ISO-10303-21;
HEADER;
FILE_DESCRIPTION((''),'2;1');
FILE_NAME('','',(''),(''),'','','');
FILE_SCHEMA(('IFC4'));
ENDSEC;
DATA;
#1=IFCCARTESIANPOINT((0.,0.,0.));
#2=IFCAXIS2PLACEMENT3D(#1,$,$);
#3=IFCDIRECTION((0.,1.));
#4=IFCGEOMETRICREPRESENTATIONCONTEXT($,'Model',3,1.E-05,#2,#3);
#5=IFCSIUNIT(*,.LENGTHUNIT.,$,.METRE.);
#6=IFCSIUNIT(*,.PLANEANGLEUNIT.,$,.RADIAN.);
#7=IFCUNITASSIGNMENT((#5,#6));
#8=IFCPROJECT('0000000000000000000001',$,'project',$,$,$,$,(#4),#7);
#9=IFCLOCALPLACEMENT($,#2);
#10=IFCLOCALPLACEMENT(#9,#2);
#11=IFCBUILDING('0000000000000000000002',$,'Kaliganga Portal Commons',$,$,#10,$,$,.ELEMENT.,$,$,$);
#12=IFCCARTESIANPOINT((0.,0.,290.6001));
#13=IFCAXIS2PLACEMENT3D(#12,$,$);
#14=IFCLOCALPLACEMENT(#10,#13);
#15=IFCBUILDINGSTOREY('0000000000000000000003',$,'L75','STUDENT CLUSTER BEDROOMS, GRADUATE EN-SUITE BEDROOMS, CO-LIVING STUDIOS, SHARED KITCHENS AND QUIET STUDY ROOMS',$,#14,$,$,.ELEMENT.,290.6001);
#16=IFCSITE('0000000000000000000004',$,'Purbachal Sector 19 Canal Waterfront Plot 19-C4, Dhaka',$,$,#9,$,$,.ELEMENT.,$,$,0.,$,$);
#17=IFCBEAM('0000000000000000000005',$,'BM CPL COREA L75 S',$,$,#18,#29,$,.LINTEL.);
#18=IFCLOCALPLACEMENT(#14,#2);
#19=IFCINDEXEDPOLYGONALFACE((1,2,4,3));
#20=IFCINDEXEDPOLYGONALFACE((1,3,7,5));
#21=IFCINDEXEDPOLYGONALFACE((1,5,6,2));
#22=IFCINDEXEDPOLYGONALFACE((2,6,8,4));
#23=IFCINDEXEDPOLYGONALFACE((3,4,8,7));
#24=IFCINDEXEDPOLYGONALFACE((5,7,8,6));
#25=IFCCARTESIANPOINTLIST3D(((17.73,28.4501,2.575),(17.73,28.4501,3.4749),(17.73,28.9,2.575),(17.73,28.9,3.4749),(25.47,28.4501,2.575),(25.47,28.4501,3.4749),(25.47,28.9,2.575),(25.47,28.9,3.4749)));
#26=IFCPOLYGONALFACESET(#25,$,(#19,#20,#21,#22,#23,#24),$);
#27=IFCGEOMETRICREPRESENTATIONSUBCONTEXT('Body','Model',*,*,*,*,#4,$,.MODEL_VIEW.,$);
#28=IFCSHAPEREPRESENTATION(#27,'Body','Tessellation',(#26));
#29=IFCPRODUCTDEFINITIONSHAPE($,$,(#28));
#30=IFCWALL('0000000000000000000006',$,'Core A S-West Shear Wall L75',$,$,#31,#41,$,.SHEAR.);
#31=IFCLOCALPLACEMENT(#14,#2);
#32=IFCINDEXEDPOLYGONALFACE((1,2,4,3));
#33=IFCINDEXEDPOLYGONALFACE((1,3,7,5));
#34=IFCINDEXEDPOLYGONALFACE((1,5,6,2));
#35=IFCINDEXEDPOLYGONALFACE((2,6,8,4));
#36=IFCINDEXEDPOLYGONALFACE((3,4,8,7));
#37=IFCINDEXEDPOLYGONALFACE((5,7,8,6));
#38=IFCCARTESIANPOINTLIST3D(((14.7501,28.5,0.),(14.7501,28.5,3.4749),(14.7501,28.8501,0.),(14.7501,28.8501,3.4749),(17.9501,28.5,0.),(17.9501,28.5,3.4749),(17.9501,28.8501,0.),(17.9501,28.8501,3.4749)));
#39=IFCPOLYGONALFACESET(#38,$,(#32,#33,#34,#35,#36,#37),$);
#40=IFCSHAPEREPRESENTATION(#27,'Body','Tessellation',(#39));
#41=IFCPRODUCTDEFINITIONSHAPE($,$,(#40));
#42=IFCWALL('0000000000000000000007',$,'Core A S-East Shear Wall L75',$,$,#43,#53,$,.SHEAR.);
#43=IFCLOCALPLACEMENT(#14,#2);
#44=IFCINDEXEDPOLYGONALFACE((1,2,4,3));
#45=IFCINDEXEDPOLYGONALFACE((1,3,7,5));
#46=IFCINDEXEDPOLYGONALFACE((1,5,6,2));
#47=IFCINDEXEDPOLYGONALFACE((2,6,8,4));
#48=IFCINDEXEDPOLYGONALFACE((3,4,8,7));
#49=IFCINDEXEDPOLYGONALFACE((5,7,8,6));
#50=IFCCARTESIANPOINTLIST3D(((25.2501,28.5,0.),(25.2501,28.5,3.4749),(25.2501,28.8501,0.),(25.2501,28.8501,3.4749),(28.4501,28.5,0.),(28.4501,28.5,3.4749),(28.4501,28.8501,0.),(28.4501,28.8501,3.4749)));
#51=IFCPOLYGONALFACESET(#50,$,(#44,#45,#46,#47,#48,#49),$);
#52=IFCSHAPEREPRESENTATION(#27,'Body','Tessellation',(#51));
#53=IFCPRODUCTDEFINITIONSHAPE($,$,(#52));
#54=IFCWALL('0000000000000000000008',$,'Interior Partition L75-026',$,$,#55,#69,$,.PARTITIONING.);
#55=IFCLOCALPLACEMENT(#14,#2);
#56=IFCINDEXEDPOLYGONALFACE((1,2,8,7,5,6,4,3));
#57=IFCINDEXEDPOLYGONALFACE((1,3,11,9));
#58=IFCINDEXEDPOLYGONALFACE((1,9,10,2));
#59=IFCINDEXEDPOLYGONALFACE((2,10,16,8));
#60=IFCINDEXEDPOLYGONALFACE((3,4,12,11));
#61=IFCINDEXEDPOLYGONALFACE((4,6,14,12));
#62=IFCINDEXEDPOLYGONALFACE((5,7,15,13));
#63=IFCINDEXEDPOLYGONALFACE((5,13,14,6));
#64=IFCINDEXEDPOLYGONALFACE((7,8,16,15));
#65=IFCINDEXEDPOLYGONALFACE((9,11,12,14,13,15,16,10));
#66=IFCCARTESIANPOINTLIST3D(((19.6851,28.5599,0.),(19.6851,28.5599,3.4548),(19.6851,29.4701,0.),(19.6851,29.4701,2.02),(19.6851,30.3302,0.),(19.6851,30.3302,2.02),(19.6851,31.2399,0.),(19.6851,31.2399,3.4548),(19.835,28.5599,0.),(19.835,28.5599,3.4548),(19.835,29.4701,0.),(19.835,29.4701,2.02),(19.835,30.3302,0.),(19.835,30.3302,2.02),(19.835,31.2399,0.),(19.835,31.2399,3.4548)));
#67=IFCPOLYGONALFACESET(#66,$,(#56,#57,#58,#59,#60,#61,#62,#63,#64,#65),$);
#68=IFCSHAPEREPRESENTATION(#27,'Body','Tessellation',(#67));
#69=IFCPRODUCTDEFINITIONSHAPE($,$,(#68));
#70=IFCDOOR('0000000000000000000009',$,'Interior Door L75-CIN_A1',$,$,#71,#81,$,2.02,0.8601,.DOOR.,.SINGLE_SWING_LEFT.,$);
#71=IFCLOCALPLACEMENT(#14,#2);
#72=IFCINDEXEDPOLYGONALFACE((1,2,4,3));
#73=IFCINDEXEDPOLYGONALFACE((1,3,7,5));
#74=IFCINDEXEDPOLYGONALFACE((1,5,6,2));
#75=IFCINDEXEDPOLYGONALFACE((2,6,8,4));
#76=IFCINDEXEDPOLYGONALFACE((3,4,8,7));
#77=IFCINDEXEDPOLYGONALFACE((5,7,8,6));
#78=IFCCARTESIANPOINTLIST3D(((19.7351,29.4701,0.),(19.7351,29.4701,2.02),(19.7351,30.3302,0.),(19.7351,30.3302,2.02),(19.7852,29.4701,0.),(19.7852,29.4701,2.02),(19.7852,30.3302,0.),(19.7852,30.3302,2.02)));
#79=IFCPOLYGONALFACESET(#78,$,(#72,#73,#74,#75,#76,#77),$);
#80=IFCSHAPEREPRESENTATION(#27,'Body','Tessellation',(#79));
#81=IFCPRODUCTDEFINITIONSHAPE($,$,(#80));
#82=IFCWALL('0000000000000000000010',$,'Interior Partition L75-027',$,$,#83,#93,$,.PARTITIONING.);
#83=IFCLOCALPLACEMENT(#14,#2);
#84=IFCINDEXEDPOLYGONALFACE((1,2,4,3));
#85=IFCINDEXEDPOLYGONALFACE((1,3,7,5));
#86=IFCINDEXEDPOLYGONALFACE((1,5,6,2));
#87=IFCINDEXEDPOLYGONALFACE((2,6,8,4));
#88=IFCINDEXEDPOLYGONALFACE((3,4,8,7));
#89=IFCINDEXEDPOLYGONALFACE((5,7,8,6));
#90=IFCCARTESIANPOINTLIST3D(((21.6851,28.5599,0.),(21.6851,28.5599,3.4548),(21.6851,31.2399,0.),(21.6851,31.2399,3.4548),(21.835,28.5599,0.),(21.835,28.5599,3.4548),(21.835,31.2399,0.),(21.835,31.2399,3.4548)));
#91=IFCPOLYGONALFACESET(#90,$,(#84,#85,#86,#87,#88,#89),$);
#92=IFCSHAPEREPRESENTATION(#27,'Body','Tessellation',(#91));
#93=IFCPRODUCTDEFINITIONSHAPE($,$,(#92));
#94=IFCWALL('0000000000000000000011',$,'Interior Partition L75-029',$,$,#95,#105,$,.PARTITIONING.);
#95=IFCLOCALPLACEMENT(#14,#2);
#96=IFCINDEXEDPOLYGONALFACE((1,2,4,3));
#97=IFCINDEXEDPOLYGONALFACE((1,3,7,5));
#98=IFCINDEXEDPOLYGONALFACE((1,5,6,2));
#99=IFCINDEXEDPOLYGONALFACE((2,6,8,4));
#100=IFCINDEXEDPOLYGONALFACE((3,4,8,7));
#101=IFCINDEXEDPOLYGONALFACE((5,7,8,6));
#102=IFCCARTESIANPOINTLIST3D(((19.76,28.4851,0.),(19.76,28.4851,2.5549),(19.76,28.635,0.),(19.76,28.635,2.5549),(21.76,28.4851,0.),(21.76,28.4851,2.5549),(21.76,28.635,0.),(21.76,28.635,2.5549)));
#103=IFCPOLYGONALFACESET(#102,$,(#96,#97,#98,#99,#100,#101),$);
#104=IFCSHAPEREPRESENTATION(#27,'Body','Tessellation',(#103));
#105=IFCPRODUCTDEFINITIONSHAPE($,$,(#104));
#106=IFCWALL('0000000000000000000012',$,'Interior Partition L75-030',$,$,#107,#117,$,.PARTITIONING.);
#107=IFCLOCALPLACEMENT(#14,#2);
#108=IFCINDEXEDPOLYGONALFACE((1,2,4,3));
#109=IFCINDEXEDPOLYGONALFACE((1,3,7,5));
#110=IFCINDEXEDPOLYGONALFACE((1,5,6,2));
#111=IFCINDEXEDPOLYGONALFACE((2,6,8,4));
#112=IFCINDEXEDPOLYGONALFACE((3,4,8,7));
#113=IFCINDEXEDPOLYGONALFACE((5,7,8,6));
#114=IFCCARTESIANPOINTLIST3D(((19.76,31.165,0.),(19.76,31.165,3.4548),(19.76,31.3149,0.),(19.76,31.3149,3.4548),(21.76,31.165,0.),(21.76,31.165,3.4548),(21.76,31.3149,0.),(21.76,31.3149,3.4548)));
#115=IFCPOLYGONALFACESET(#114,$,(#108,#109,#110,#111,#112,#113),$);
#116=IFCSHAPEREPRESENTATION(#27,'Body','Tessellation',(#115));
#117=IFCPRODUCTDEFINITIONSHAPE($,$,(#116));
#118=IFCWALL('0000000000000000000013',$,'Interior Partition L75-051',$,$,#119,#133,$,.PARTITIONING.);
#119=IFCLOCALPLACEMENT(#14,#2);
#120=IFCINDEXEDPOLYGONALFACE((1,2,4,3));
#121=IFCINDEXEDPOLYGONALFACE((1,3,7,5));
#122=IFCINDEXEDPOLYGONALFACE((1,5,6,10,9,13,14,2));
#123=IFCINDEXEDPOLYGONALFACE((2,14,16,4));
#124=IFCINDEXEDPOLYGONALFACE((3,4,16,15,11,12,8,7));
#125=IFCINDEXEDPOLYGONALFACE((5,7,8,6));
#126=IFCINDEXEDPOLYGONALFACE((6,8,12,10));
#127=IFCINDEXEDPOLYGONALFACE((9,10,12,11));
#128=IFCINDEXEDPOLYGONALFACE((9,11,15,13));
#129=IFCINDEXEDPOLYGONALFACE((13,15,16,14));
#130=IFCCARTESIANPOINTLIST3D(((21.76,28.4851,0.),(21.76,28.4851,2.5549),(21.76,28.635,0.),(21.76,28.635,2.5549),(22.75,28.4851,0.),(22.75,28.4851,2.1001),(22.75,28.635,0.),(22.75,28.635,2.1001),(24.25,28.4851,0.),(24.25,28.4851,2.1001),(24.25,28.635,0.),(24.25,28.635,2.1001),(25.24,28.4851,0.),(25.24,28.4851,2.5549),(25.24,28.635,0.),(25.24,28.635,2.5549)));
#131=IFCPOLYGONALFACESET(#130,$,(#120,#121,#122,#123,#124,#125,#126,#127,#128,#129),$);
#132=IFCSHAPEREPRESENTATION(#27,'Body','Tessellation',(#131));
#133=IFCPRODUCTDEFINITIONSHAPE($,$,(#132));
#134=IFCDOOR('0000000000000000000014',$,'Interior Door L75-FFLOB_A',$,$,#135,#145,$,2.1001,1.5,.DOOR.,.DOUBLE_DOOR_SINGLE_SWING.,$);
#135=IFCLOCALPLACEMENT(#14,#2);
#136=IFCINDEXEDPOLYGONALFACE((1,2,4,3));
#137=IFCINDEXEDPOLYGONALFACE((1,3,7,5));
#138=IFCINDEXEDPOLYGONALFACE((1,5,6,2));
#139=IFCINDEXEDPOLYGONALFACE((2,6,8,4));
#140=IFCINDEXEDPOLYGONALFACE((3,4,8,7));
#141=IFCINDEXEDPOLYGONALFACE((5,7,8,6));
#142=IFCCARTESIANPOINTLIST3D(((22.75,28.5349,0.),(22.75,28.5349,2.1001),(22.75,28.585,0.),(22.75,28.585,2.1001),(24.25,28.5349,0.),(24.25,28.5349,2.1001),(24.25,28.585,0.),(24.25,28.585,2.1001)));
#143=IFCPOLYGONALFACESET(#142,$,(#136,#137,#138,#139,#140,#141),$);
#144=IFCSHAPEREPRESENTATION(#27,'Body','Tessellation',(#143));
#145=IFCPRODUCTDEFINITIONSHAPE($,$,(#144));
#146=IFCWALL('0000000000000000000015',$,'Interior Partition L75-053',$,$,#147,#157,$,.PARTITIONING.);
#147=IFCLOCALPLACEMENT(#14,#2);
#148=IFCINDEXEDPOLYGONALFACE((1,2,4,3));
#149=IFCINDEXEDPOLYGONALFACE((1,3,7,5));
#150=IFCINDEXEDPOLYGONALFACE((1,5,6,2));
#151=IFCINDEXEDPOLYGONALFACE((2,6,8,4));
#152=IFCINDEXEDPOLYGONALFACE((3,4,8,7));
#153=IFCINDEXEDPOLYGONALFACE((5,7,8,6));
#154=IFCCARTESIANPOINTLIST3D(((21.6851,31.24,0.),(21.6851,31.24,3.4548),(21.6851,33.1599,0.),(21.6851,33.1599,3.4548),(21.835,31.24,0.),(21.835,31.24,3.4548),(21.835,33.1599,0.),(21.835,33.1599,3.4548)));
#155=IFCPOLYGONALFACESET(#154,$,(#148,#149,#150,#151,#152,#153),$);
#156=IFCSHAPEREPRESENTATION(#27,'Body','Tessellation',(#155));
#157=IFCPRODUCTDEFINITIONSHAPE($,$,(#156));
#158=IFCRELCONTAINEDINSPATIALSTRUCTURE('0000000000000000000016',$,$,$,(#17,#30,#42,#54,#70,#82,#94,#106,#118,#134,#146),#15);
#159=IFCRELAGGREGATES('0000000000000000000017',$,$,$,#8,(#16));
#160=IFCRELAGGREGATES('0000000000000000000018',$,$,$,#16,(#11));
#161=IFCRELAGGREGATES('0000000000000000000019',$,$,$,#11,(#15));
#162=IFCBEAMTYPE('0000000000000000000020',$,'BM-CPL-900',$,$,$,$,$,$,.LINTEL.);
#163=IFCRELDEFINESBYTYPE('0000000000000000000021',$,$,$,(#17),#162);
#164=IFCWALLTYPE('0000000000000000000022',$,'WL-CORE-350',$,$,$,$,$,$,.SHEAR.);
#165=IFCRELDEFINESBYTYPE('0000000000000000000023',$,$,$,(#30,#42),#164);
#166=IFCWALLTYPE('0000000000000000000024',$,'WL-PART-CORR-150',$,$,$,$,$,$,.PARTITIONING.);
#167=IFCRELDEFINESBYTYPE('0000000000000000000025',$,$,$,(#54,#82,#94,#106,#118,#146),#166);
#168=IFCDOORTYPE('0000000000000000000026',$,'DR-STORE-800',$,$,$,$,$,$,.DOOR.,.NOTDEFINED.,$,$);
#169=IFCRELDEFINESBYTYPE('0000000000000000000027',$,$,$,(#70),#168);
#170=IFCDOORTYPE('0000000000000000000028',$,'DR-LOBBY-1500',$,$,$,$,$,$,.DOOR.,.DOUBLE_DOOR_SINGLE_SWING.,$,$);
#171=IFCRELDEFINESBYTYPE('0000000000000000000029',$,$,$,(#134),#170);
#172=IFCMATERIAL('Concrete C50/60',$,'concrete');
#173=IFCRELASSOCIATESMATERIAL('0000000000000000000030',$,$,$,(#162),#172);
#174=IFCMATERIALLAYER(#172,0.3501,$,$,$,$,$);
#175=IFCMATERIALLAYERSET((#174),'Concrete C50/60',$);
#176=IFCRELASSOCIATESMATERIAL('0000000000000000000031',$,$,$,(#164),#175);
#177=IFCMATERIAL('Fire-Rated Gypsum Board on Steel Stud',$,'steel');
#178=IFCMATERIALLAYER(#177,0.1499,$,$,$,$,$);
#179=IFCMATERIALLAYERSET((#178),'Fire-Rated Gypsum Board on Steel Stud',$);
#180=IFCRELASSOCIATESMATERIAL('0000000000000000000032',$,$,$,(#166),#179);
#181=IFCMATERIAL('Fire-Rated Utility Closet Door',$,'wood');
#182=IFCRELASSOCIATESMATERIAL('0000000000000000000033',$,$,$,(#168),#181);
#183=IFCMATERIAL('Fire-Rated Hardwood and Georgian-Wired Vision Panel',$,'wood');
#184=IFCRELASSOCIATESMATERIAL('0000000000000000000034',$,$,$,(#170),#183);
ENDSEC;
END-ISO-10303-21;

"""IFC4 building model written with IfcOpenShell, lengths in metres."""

from ifc_helpers import new_model, si_unit, direction, frame, frame_2d, origin, origin_2d, place, context, subcontext, project, spatial, rectangle, extrude, source, transform, mapped, material, layer, layer_set, material_profile, profile_set, type_object, element, fill, save


model = new_model("IFC4")

# Units and contexts
model_context = context("Model", 3, precision=1e-05, world=origin(), true_north=direction((0.0, 1.0)))
body_context = subcontext(model_context, "Body", "Model", "MODEL_VIEW")
ifc_project = project(units=[si_unit("LENGTHUNIT", "METRE"), si_unit("PLANEANGLEUNIT", "RADIAN")], contexts=[model_context])

# Site, building, storey
site_placement = place(None, origin())
site = spatial("IfcSite", under=ifc_project, at=site_placement, Name="Purbachal Sector 19 Canal Waterfront Plot 19-C4, Dhaka", CompositionType="ELEMENT", RefElevation=0.0)
building_placement = place(site_placement, origin())
building = spatial("IfcBuilding", under=site, at=building_placement, Name="Kaliganga Portal Commons", CompositionType="ELEMENT")
storey_placement = place(building_placement, frame((0.0, 0.0, 290.6001)))
storey = spatial("IfcBuildingStorey", under=building, at=storey_placement, Name="L75", Description="STUDENT CLUSTER BEDROOMS, GRADUATE EN-SUITE BEDROOMS, CO-LIVING STUDIOS, SHARED KITCHENS AND QUIET STUDY ROOMS", CompositionType="ELEMENT", Elevation=290.6001)

# Beam
ifc_material_1 = material(Name="Concrete C50/60", Category="concrete")
ifc_material_profile = material_profile(ifc_material_1, rectangle(XDim=0.45, YDim=0.8999, at=origin_2d()), Name="RC 450x900")
ifc_profile_set = profile_set([ifc_material_profile], Name="Concrete C50/60")
beam_type = type_object("IfcBeamType", Name="BM-CPL-900", PredefinedType="LINTEL", material=ifc_profile_set)
shared_shape = source(origin(), body_context, "Body", "SweptSolid", [
    extrude(rectangle(XDim=0.45, YDim=0.8999, at=origin_2d()), origin(), (0.0, 0.0, 1.0), 7.74),
])
beam_placement = place(storey_placement, frame((17.73, 28.675, 3.0249), z_axis=(1.0, 0.0, 0.0), x_axis=(0.0, 1.0, 0.0)))
element("IfcBeam", 1, at=beam_placement, inside=storey, type_object=beam_type, Name="BM CPL COREA L75 S", PredefinedType="LINTEL", context=body_context, shape_type="MappedRepresentation", body=[
    mapped(shared_shape, transform((0.0, 0.0, 0.0), x_axis=(1.0, 0.0, 0.0), y_axis=(0.0, 1.0, 0.0), z_axis=(0.0, 0.0, 1.0), scale=1.0)),
])

# Walls
ifc_layer_1 = layer(ifc_material_1, 0.3501)
ifc_layer_set_1 = layer_set([ifc_layer_1], Name="Concrete C50/60")
wall_type_1 = type_object("IfcWallType", Name="WL-CORE-350", PredefinedType="SHEAR", material=ifc_layer_set_1)
for number, where, z_axis, x_axis, name in (
    (2, (14.75, 28.675, 0.0), (0.0, 0.0, 1.0), (1.0, 0.0, 0.0), "Core A S-West Shear Wall L75"),
    (3, (25.25, 28.675, 0.0), (0.0, 0.0, 1.0), (1.0, 0.0, 0.0), "Core A S-East Shear Wall L75"),
):
    element("IfcWall", number, at=place(storey_placement, frame(where, z_axis=z_axis, x_axis=x_axis)), inside=storey, type_object=wall_type_1, Name=name, PredefinedType="SHEAR", context=body_context, shape_type="SweptSolid", body=[
        extrude(rectangle(XDim=3.2, YDim=0.3501, at=frame_2d((1.6001, 0.0))), origin(), (0.0, 0.0, 1.0), 3.4749),
    ])

# Wall, opening, door
ifc_material_2 = material(Name="Fire-Rated Gypsum Board on Steel Stud", Category="steel")
ifc_layer_2 = layer(ifc_material_2, 0.1499)
ifc_layer_set_2 = layer_set([ifc_layer_2], Name="Fire-Rated Gypsum Board on Steel Stud")
wall_type_2 = type_object("IfcWallType", Name="WL-PART-CORR-150", PredefinedType="PARTITIONING", material=ifc_layer_set_2)
wall_1_placement = place(storey_placement, frame((19.76, 28.5601, 0.0), z_axis=(0.0, 0.0, 1.0), x_axis=(0.0, 1.0, 0.0)))
wall_1 = element("IfcWall", 4, at=wall_1_placement, inside=storey, type_object=wall_type_2, Name="Interior Partition L75-026", PredefinedType="PARTITIONING", context=body_context, shape_type="SweptSolid", body=[
    extrude(rectangle(XDim=2.6799, YDim=0.1499, at=frame_2d((1.3398, 0.0))), origin(), (0.0, 0.0, 1.0), 3.4548),
])
opening_1_placement = place(wall_1_placement, frame((0.9099, 0.0, 0.0)))
opening_1 = element("IfcOpeningElement", 5, at=opening_1_placement, cuts=wall_1, PredefinedType="OPENING", context=body_context, shape_type="SweptSolid", body=[
    extrude(rectangle(XDim=0.8601, YDim=2.02, at=frame_2d((0.4302, 1.01))), frame((0.0, 0.085, 0.0), z_axis=(0.0, -1.0, 0.0), x_axis=(1.0, 0.0, 0.0)), (0.0, 0.0, 1.0), 0.1699),
])
ifc_material_3 = material(Name="Fire-Rated Utility Closet Door", Category="wood")
door_type_1 = type_object("IfcDoorType", Name="DR-STORE-800", OperationType="NOTDEFINED", PredefinedType="DOOR", material=ifc_material_3)
door_1_placement = place(opening_1_placement, origin())
door_1 = element("IfcDoor", 6, at=door_1_placement, inside=storey, type_object=door_type_1, Name="Interior Door L75-CIN_A1", OperationType="SINGLE_SWING_LEFT", OverallHeight=2.02, OverallWidth=0.8601, PredefinedType="DOOR", context=body_context, shape_type="SweptSolid", body=[
    extrude(rectangle(XDim=0.8601, YDim=2.02, at=frame_2d((0.4302, 1.01))), frame((0.0, 0.0249, 0.0), z_axis=(0.0, -1.0, 0.0), x_axis=(1.0, 0.0, 0.0)), (0.0, 0.0, 1.0), 0.05),
])
fill(opening_1, door_1)

# Walls
wall_2_placement = place(storey_placement, frame((21.76, 28.5601, 0.0), z_axis=(0.0, 0.0, 1.0), x_axis=(0.0, 1.0, 0.0)))
element("IfcWall", 7, at=wall_2_placement, inside=storey, type_object=wall_type_2, Name="Interior Partition L75-027", PredefinedType="PARTITIONING", context=body_context, shape_type="SweptSolid", body=[
    extrude(rectangle(XDim=2.6799, YDim=0.1499, at=frame_2d((1.3398, 0.0))), origin(), (0.0, 0.0, 1.0), 3.4548),
])
wall_3_placement = place(storey_placement, frame((19.76, 28.5601, 0.0), z_axis=(0.0, 0.0, 1.0), x_axis=(1.0, 0.0, 0.0)))
element("IfcWall", 8, at=wall_3_placement, inside=storey, type_object=wall_type_2, Name="Interior Partition L75-029", PredefinedType="PARTITIONING", context=body_context, shape_type="SweptSolid", body=[
    extrude(rectangle(XDim=2.0, YDim=0.1499, at=frame_2d((1.0, 0.0))), origin(), (0.0, 0.0, 1.0), 2.5549),
])
wall_4_placement = place(storey_placement, frame((19.76, 31.24, 0.0), z_axis=(0.0, 0.0, 1.0), x_axis=(1.0, 0.0, 0.0)))
element("IfcWall", 9, at=wall_4_placement, inside=storey, type_object=wall_type_2, Name="Interior Partition L75-030", PredefinedType="PARTITIONING", context=body_context, shape_type="SweptSolid", body=[
    extrude(rectangle(XDim=2.0, YDim=0.1499, at=frame_2d((1.0, 0.0))), origin(), (0.0, 0.0, 1.0), 3.4548),
])

# Wall, opening, door
wall_5_placement = place(storey_placement, frame((21.76, 28.5601, 0.0), z_axis=(0.0, 0.0, 1.0), x_axis=(1.0, 0.0, 0.0)))
wall_5 = element("IfcWall", 10, at=wall_5_placement, inside=storey, type_object=wall_type_2, Name="Interior Partition L75-051", PredefinedType="PARTITIONING", context=body_context, shape_type="SweptSolid", body=[
    extrude(rectangle(XDim=3.48, YDim=0.1499, at=frame_2d((1.74, 0.0))), origin(), (0.0, 0.0, 1.0), 2.5549),
])
opening_2_placement = place(wall_5_placement, frame((0.99, 0.0, 0.0)))
opening_2 = element("IfcOpeningElement", 11, at=opening_2_placement, cuts=wall_5, PredefinedType="OPENING", context=body_context, shape_type="SweptSolid", body=[
    extrude(rectangle(XDim=1.5, YDim=2.1001, at=frame_2d((0.75, 1.05))), frame((0.0, 0.085, 0.0), z_axis=(0.0, -1.0, 0.0), x_axis=(1.0, 0.0, 0.0)), (0.0, 0.0, 1.0), 0.1699),
])
ifc_material_4 = material(Name="Fire-Rated Hardwood and Georgian-Wired Vision Panel", Category="wood")
door_type_2 = type_object("IfcDoorType", Name="DR-LOBBY-1500", OperationType="DOUBLE_DOOR_SINGLE_SWING", PredefinedType="DOOR", material=ifc_material_4)
door_2_placement = place(opening_2_placement, origin())
door_2 = element("IfcDoor", 12, at=door_2_placement, inside=storey, type_object=door_type_2, Name="Interior Door L75-FFLOB_A", OperationType="DOUBLE_DOOR_SINGLE_SWING", OverallHeight=2.1001, OverallWidth=1.5, PredefinedType="DOOR", context=body_context, shape_type="SweptSolid", body=[
    extrude(rectangle(XDim=1.5, YDim=2.1001, at=frame_2d((0.75, 1.05))), frame((0.0, 0.0249, 0.0), z_axis=(0.0, -1.0, 0.0), x_axis=(1.0, 0.0, 0.0)), (0.0, 0.0, 1.0), 0.05),
])
fill(opening_2, door_2)

# Wall
wall_6_placement = place(storey_placement, frame((21.76, 31.24, 0.0), z_axis=(0.0, 0.0, 1.0), x_axis=(0.0, 1.0, 0.0)))
element("IfcWall", 13, at=wall_6_placement, inside=storey, type_object=wall_type_2, Name="Interior Partition L75-053", PredefinedType="PARTITIONING", context=body_context, shape_type="SweptSolid", body=[
    extrude(rectangle(XDim=1.9199, YDim=0.1499, at=frame_2d((0.96, 0.0))), origin(), (0.0, 0.0, 1.0), 3.4548),
])

save(model, "model.ifc")
